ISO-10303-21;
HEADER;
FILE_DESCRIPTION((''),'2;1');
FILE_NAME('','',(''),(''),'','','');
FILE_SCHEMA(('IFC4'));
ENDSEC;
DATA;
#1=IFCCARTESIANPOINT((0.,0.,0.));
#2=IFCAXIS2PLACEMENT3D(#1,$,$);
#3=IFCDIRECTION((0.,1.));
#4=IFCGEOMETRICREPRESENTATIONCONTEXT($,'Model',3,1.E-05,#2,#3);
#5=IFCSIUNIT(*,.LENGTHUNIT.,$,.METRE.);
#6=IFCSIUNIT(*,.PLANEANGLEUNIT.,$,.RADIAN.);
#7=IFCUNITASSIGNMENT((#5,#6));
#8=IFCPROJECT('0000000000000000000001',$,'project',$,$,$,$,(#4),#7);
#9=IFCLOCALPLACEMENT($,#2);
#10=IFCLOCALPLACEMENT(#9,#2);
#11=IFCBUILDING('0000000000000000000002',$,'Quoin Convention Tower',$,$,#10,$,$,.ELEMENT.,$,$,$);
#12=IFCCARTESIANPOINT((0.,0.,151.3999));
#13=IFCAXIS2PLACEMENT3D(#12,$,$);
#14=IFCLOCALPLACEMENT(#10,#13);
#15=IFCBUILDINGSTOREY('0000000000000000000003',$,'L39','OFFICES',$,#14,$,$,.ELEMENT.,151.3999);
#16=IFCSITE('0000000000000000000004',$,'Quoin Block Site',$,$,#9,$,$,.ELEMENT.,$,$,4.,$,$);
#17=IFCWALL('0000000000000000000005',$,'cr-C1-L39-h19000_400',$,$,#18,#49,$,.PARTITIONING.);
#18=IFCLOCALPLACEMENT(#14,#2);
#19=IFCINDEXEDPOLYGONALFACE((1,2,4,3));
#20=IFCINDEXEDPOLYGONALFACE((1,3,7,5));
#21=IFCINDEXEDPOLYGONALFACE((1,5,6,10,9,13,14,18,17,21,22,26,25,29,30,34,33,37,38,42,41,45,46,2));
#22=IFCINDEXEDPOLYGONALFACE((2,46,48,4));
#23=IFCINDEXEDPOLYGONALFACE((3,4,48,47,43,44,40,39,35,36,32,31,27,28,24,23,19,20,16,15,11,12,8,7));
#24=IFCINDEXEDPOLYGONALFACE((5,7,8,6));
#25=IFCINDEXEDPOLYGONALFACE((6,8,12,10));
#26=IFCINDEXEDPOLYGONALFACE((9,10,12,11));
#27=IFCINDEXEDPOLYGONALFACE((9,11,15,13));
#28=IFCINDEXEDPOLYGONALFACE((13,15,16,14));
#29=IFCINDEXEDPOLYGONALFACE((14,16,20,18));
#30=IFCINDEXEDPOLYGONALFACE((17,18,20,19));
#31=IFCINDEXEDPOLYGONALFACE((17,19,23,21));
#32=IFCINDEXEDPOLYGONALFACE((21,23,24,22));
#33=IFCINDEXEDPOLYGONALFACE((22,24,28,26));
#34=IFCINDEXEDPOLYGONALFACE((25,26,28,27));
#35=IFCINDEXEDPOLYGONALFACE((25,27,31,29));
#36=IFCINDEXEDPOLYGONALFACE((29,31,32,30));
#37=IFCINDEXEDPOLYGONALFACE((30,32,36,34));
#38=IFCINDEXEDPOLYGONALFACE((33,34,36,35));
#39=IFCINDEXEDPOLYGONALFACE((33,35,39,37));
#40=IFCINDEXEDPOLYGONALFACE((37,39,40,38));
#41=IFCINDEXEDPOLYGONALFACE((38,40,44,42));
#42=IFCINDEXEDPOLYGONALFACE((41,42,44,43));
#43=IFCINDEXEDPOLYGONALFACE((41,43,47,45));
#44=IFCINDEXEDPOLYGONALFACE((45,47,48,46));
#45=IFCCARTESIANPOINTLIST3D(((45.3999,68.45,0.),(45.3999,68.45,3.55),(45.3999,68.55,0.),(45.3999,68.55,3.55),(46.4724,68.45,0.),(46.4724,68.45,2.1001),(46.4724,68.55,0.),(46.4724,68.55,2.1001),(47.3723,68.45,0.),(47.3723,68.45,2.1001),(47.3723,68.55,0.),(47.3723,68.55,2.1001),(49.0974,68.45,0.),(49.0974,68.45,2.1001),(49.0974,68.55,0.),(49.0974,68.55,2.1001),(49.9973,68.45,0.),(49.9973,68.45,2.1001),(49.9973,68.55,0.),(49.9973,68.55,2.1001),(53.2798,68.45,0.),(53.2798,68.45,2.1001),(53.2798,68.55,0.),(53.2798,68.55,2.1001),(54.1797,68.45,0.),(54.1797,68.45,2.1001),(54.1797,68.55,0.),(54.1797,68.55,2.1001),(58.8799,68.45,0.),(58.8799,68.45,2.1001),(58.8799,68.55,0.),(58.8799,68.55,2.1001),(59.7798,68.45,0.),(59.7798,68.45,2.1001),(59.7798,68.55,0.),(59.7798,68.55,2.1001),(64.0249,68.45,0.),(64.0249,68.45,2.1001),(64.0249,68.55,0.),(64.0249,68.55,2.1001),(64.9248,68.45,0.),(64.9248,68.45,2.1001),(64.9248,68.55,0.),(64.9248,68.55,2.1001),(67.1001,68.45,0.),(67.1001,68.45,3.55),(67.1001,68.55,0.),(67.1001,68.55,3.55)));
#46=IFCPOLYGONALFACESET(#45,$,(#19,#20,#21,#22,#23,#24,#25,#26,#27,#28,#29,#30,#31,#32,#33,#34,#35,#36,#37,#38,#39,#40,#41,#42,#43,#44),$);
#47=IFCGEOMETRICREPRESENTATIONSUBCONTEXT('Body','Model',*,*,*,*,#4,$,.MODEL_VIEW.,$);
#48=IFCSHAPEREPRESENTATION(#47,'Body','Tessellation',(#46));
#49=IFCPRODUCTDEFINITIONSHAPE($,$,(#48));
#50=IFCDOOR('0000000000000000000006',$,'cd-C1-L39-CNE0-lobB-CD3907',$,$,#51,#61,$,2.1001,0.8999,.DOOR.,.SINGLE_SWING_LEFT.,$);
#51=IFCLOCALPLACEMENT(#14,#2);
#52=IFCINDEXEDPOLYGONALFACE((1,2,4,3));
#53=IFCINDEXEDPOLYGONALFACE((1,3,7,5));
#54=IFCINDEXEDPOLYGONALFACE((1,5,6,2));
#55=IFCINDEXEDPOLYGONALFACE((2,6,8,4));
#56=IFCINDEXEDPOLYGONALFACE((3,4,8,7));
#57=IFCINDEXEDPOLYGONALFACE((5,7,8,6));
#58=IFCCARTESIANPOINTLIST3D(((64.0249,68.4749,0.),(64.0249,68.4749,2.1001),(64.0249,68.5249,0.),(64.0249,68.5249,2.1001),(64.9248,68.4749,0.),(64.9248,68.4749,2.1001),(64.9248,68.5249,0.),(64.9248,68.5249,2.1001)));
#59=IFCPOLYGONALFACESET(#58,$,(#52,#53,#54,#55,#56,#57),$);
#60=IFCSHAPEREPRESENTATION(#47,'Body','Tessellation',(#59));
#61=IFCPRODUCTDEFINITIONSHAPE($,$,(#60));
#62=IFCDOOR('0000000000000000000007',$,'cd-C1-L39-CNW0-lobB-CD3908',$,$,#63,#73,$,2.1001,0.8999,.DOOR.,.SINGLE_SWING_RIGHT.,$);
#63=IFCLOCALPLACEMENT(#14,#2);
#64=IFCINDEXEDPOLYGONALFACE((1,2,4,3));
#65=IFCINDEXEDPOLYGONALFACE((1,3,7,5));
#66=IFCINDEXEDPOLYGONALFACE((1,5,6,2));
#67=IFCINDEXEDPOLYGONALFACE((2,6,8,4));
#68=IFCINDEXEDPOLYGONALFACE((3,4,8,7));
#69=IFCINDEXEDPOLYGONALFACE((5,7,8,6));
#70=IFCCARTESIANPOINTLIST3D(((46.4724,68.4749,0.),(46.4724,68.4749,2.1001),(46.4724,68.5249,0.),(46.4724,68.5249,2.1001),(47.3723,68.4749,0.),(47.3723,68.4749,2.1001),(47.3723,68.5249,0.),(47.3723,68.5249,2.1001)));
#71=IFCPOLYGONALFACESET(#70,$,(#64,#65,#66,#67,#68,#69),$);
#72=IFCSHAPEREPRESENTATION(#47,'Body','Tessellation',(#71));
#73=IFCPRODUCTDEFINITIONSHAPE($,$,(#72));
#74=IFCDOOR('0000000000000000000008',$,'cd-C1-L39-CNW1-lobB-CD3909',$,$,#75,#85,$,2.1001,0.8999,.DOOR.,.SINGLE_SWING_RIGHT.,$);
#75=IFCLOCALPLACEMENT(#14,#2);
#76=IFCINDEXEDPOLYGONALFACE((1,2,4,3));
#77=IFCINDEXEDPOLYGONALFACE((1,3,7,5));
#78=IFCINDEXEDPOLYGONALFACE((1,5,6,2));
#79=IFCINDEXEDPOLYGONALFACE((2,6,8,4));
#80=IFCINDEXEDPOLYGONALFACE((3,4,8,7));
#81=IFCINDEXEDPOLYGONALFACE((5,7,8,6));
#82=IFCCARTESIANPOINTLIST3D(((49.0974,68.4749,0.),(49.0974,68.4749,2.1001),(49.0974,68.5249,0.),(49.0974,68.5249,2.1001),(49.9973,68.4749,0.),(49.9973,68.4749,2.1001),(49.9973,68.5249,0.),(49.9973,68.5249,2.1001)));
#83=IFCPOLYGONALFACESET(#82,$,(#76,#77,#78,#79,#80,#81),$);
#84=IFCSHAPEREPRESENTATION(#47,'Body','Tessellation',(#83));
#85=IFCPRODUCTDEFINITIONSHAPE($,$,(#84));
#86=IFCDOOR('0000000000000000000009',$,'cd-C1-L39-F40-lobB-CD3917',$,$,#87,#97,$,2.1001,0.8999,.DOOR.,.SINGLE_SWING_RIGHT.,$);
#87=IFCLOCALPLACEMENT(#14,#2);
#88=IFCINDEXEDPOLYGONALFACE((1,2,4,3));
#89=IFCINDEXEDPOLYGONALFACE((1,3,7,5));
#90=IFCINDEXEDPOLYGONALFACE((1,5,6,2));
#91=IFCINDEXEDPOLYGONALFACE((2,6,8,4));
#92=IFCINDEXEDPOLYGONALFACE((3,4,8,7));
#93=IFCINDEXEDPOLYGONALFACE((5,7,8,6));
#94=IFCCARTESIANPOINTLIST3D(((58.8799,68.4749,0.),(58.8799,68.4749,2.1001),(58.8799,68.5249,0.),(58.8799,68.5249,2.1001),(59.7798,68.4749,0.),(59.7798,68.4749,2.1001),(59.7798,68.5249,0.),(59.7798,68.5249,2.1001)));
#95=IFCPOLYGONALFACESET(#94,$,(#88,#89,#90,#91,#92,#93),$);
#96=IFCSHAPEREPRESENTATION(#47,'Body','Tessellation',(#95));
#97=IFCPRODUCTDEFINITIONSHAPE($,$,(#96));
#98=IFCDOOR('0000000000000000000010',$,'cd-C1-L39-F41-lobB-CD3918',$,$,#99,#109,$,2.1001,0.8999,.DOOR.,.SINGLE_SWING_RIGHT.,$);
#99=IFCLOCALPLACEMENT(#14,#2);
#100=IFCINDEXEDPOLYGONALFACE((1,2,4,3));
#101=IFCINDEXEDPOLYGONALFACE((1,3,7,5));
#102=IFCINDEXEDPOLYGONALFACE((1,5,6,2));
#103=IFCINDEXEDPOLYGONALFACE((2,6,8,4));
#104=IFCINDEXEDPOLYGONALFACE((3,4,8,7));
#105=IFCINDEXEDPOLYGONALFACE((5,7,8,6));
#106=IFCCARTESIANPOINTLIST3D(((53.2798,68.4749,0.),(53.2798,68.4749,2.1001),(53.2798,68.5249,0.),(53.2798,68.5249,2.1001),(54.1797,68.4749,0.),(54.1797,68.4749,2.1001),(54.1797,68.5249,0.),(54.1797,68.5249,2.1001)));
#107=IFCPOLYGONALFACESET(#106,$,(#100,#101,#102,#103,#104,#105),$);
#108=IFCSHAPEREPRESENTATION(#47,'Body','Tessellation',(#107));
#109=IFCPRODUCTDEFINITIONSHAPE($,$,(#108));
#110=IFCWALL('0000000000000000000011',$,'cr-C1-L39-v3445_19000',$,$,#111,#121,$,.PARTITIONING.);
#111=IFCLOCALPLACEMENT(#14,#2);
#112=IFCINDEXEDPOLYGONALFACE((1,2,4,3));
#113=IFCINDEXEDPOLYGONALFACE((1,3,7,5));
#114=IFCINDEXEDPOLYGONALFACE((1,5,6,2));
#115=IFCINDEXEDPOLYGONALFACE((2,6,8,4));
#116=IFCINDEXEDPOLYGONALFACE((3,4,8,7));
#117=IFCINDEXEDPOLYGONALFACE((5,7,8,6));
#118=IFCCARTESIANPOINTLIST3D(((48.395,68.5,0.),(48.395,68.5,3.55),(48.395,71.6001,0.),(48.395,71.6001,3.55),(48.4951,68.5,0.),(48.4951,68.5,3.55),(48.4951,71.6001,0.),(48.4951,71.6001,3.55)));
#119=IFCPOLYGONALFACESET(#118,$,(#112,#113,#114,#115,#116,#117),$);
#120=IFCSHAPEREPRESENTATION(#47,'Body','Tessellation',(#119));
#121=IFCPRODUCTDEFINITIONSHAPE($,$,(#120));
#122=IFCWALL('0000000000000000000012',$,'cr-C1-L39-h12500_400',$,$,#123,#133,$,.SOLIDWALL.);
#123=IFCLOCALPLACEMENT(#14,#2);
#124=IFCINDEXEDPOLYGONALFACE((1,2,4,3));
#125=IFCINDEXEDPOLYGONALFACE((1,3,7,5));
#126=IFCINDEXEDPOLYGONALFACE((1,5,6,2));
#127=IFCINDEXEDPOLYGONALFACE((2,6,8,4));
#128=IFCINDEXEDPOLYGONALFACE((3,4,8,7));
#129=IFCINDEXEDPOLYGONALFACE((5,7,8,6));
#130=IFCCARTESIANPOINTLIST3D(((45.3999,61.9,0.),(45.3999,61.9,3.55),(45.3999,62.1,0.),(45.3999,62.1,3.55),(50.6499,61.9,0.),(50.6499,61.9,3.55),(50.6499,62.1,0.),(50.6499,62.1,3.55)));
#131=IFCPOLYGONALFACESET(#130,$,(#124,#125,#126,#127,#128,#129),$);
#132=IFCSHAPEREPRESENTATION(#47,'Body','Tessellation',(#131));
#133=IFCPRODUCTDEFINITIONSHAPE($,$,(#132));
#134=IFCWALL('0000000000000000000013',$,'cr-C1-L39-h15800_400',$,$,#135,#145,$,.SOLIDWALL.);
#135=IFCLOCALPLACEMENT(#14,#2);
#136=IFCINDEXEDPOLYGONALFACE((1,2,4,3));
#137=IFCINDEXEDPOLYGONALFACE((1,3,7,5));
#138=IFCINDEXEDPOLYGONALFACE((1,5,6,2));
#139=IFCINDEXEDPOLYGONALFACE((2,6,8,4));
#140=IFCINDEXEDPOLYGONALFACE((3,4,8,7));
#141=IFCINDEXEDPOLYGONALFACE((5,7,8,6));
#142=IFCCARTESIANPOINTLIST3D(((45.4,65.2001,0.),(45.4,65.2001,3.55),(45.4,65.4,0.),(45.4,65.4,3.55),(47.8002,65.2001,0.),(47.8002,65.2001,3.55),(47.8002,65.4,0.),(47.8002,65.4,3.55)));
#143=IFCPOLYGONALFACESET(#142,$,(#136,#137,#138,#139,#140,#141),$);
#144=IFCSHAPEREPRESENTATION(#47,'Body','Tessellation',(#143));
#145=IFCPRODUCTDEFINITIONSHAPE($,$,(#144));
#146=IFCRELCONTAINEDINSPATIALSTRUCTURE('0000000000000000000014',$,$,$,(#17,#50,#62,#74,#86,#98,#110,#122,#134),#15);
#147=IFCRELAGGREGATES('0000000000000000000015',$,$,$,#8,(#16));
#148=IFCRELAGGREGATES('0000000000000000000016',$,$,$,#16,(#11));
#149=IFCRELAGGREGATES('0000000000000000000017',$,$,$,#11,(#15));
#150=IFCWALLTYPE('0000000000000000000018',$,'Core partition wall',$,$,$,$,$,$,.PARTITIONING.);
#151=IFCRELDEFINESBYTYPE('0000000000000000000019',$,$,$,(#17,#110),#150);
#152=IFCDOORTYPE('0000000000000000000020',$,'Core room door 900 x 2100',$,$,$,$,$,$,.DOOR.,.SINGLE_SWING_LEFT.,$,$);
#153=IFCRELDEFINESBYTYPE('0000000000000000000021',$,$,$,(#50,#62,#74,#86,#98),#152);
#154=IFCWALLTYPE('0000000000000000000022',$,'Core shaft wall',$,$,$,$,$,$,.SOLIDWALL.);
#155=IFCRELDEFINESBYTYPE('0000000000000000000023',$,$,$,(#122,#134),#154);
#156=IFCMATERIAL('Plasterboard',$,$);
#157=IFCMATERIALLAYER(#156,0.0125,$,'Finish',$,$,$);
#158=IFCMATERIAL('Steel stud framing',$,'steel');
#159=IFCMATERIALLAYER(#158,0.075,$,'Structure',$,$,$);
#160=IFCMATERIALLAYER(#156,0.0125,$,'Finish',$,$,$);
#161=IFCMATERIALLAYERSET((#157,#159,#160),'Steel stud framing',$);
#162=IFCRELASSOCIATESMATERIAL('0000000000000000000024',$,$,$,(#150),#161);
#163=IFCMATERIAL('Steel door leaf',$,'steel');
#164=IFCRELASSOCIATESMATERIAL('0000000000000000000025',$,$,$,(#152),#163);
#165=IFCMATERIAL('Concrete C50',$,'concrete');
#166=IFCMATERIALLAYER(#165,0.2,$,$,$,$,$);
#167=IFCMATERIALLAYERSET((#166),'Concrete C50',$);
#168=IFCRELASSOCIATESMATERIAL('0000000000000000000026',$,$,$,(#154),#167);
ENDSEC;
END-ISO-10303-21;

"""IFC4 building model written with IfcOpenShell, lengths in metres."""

from ifc_helpers import new_model, si_unit, direction, frame, frame_2d, origin, place, context, subcontext, project, spatial, rectangle, extrude, material, layer, layer_set, type_object, element, fill, save


model = new_model("IFC4")

# Units and contexts
model_context = context("Model", 3, precision=1e-05, world=origin(), true_north=direction((0.0, 1.0)))
body_context = subcontext(model_context, "Body", "Model", "MODEL_VIEW")
ifc_project = project(units=[si_unit("LENGTHUNIT", "METRE"), si_unit("PLANEANGLEUNIT", "RADIAN")], contexts=[model_context])

# Site, building, storey
site_placement = place(None, origin())
site = spatial("IfcSite", under=ifc_project, at=site_placement, Name="Quoin Block Site", CompositionType="ELEMENT", RefElevation=4.0)
building_placement = place(site_placement, origin())
building = spatial("IfcBuilding", under=site, at=building_placement, Name="Quoin Convention Tower", CompositionType="ELEMENT")
storey_placement = place(building_placement, frame((0.0, 0.0, 151.3999)))
storey = spatial("IfcBuildingStorey", under=building, at=storey_placement, Name="L39", Description="OFFICES", CompositionType="ELEMENT", Elevation=151.3999)

# Wall, openings, doors
ifc_material_1 = material(Name="Plasterboard")
ifc_layer_1 = layer(ifc_material_1, 0.0125, Name="Finish")
ifc_material_2 = material(Name="Steel stud framing", Category="steel")
ifc_layer_2 = layer(ifc_material_2, 0.075, Name="Structure")
ifc_layer_3 = layer(ifc_material_1, 0.0125, Name="Finish")
ifc_layer_set_1 = layer_set([ifc_layer_1, ifc_layer_2, ifc_layer_3], Name="Steel stud framing")
wall_type_1 = type_object("IfcWallType", Name="Core partition wall", PredefinedType="PARTITIONING", material=ifc_layer_set_1)
wall_1_placement = place(storey_placement, frame((45.3999, 68.5, 0.0), z_axis=(0.0, 0.0, 1.0), x_axis=(1.0, 0.0, 0.0)))
wall_1 = element("IfcWall", 1, at=wall_1_placement, inside=storey, type_object=wall_type_1, Name="cr-C1-L39-h19000_400", PredefinedType="PARTITIONING", context=body_context, shape_type="SweptSolid", body=[
    extrude(rectangle(XDim=21.7002, YDim=0.1001, at=frame_2d((10.8501, 0.0))), origin(), (0.0, 0.0, 1.0), 3.55),
])
opening_1_placement = place(wall_1_placement, frame((18.625, 0.0, 0.0)))
opening_1 = element("IfcOpeningElement", 2, at=opening_1_placement, cuts=wall_1, PredefinedType="OPENING", context=body_context, shape_type="SweptSolid", body=[
    extrude(rectangle(XDim=0.8999, YDim=2.1001, at=frame_2d((0.45, 1.05))), frame((0.0, 0.0601, 0.0), z_axis=(0.0, -1.0, 0.0), x_axis=(1.0, 0.0, 0.0)), (0.0, 0.0, 1.0), 0.1201),
])
opening_2_placement = place(wall_1_placement, frame((1.0725, 0.0, 0.0)))
opening_2 = element("IfcOpeningElement", 3, at=opening_2_placement, cuts=wall_1, PredefinedType="OPENING", context=body_context, shape_type="SweptSolid", body=[
    extrude(rectangle(XDim=0.8999, YDim=2.1001, at=frame_2d((0.45, 1.05))), frame((0.0, 0.0601, 0.0), z_axis=(0.0, -1.0, 0.0), x_axis=(1.0, 0.0, 0.0)), (0.0, 0.0, 1.0), 0.1201),
])
opening_3_placement = place(wall_1_placement, frame((3.6975, 0.0, 0.0)))
opening_3 = element("IfcOpeningElement", 4, at=opening_3_placement, cuts=wall_1, PredefinedType="OPENING", context=body_context, shape_type="SweptSolid", body=[
    extrude(rectangle(XDim=0.8999, YDim=2.1001, at=frame_2d((0.45, 1.05))), frame((0.0, 0.0601, 0.0), z_axis=(0.0, -1.0, 0.0), x_axis=(1.0, 0.0, 0.0)), (0.0, 0.0, 1.0), 0.1201),
])
opening_4_placement = place(wall_1_placement, frame((13.48, 0.0, 0.0)))
opening_4 = element("IfcOpeningElement", 5, at=opening_4_placement, cuts=wall_1, PredefinedType="OPENING", context=body_context, shape_type="SweptSolid", body=[
    extrude(rectangle(XDim=0.8999, YDim=2.1001, at=frame_2d((0.45, 1.05))), frame((0.0, 0.0601, 0.0), z_axis=(0.0, -1.0, 0.0), x_axis=(1.0, 0.0, 0.0)), (0.0, 0.0, 1.0), 0.1201),
])
opening_5_placement = place(wall_1_placement, frame((7.8799, 0.0, 0.0)))
opening_5 = element("IfcOpeningElement", 6, at=opening_5_placement, cuts=wall_1, PredefinedType="OPENING", context=body_context, shape_type="SweptSolid", body=[
    extrude(rectangle(XDim=0.8999, YDim=2.1001, at=frame_2d((0.45, 1.05))), frame((0.0, 0.0601, 0.0), z_axis=(0.0, -1.0, 0.0), x_axis=(1.0, 0.0, 0.0)), (0.0, 0.0, 1.0), 0.1201),
])
ifc_material_3 = material(Name="Steel door leaf", Category="steel")
door_type_1 = type_object("IfcDoorType", Name="Core room door 900 x 2100", OperationType="SINGLE_SWING_LEFT", PredefinedType="DOOR", material=ifc_material_3)
door_1_placement = place(opening_1_placement, origin())
door_1 = element("IfcDoor", 7, at=door_1_placement, inside=storey, type_object=door_type_1, Name="cd-C1-L39-CNE0-lobB-CD3907", OperationType="SINGLE_SWING_LEFT", OverallHeight=2.1001, OverallWidth=0.8999, PredefinedType="DOOR", context=body_context, shape_type="SweptSolid", body=[
    extrude(rectangle(XDim=0.8999, YDim=2.1001, at=frame_2d((0.45, 1.05))), frame((0.0, 0.0249, 0.0), z_axis=(0.0, -1.0, 0.0), x_axis=(1.0, 0.0, 0.0)), (0.0, 0.0, 1.0), 0.05),
])
fill(opening_1, door_1)
door_2_placement = place(opening_2_placement, origin())
door_2 = element("IfcDoor", 8, at=door_2_placement, inside=storey, type_object=door_type_1, Name="cd-C1-L39-CNW0-lobB-CD3908", OperationType="SINGLE_SWING_RIGHT", OverallHeight=2.1001, OverallWidth=0.8999, PredefinedType="DOOR", context=body_context, shape_type="SweptSolid", body=[
    extrude(rectangle(XDim=0.8999, YDim=2.1001, at=frame_2d((0.45, 1.05))), frame((0.0, 0.0249, 0.0), z_axis=(0.0, -1.0, 0.0), x_axis=(1.0, 0.0, 0.0)), (0.0, 0.0, 1.0), 0.05),
])
fill(opening_2, door_2)
door_3_placement = place(opening_3_placement, origin())
door_3 = element("IfcDoor", 9, at=door_3_placement, inside=storey, type_object=door_type_1, Name="cd-C1-L39-CNW1-lobB-CD3909", OperationType="SINGLE_SWING_RIGHT", OverallHeight=2.1001, OverallWidth=0.8999, PredefinedType="DOOR", context=body_context, shape_type="SweptSolid", body=[
    extrude(rectangle(XDim=0.8999, YDim=2.1001, at=frame_2d((0.45, 1.05))), frame((0.0, 0.0249, 0.0), z_axis=(0.0, -1.0, 0.0), x_axis=(1.0, 0.0, 0.0)), (0.0, 0.0, 1.0), 0.05),
])
fill(opening_3, door_3)
door_4_placement = place(opening_4_placement, origin())
door_4 = element("IfcDoor", 10, at=door_4_placement, inside=storey, type_object=door_type_1, Name="cd-C1-L39-F40-lobB-CD3917", OperationType="SINGLE_SWING_RIGHT", OverallHeight=2.1001, OverallWidth=0.8999, PredefinedType="DOOR", context=body_context, shape_type="SweptSolid", body=[
    extrude(rectangle(XDim=0.8999, YDim=2.1001, at=frame_2d((0.45, 1.05))), frame((0.0, 0.0249, 0.0), z_axis=(0.0, -1.0, 0.0), x_axis=(1.0, 0.0, 0.0)), (0.0, 0.0, 1.0), 0.05),
])
fill(opening_4, door_4)
door_5_placement = place(opening_5_placement, origin())
door_5 = element("IfcDoor", 11, at=door_5_placement, inside=storey, type_object=door_type_1, Name="cd-C1-L39-F41-lobB-CD3918", OperationType="SINGLE_SWING_RIGHT", OverallHeight=2.1001, OverallWidth=0.8999, PredefinedType="DOOR", context=body_context, shape_type="SweptSolid", body=[
    extrude(rectangle(XDim=0.8999, YDim=2.1001, at=frame_2d((0.45, 1.05))), frame((0.0, 0.0249, 0.0), z_axis=(0.0, -1.0, 0.0), x_axis=(1.0, 0.0, 0.0)), (0.0, 0.0, 1.0), 0.05),
])
fill(opening_5, door_5)

# Walls
wall_2_placement = place(storey_placement, frame((48.4451, 68.5, 0.0), z_axis=(0.0, 0.0, 1.0), x_axis=(0.0, 1.0, 0.0)))
element("IfcWall", 12, at=wall_2_placement, inside=storey, type_object=wall_type_1, Name="cr-C1-L39-v3445_19000", PredefinedType="PARTITIONING", context=body_context, shape_type="SweptSolid", body=[
    extrude(rectangle(XDim=3.1001, YDim=0.1001, at=frame_2d((1.55, 0.0))), origin(), (0.0, 0.0, 1.0), 3.55),
])
ifc_material_4 = material(Name="Concrete C50", Category="concrete")
ifc_layer_4 = layer(ifc_material_4, 0.2)
ifc_layer_set_2 = layer_set([ifc_layer_4], Name="Concrete C50")
wall_type_2 = type_object("IfcWallType", Name="Core shaft wall", PredefinedType="SOLIDWALL", material=ifc_layer_set_2)
wall_3_placement = place(storey_placement, frame((45.3999, 62.0, 0.0), z_axis=(0.0, 0.0, 1.0), x_axis=(1.0, 0.0, 0.0)))
element("IfcWall", 13, at=wall_3_placement, inside=storey, type_object=wall_type_2, Name="cr-C1-L39-h12500_400", PredefinedType="SOLIDWALL", context=body_context, shape_type="SweptSolid", body=[
    extrude(rectangle(XDim=5.25, YDim=0.2, at=frame_2d((2.625, 0.0))), origin(), (0.0, 0.0, 1.0), 3.55),
])
wall_4_placement = place(storey_placement, frame((45.3999, 65.3, 0.0), z_axis=(0.0, 0.0, 1.0), x_axis=(1.0, 0.0, 0.0)))
element("IfcWall", 14, at=wall_4_placement, inside=storey, type_object=wall_type_2, Name="cr-C1-L39-h15800_400", PredefinedType="SOLIDWALL", context=body_context, shape_type="SweptSolid", body=[
    extrude(rectangle(XDim=2.4001, YDim=0.2, at=frame_2d((1.2002, 0.0))), origin(), (0.0, 0.0, 1.0), 3.55),
])

save(model, "model.ifc")
